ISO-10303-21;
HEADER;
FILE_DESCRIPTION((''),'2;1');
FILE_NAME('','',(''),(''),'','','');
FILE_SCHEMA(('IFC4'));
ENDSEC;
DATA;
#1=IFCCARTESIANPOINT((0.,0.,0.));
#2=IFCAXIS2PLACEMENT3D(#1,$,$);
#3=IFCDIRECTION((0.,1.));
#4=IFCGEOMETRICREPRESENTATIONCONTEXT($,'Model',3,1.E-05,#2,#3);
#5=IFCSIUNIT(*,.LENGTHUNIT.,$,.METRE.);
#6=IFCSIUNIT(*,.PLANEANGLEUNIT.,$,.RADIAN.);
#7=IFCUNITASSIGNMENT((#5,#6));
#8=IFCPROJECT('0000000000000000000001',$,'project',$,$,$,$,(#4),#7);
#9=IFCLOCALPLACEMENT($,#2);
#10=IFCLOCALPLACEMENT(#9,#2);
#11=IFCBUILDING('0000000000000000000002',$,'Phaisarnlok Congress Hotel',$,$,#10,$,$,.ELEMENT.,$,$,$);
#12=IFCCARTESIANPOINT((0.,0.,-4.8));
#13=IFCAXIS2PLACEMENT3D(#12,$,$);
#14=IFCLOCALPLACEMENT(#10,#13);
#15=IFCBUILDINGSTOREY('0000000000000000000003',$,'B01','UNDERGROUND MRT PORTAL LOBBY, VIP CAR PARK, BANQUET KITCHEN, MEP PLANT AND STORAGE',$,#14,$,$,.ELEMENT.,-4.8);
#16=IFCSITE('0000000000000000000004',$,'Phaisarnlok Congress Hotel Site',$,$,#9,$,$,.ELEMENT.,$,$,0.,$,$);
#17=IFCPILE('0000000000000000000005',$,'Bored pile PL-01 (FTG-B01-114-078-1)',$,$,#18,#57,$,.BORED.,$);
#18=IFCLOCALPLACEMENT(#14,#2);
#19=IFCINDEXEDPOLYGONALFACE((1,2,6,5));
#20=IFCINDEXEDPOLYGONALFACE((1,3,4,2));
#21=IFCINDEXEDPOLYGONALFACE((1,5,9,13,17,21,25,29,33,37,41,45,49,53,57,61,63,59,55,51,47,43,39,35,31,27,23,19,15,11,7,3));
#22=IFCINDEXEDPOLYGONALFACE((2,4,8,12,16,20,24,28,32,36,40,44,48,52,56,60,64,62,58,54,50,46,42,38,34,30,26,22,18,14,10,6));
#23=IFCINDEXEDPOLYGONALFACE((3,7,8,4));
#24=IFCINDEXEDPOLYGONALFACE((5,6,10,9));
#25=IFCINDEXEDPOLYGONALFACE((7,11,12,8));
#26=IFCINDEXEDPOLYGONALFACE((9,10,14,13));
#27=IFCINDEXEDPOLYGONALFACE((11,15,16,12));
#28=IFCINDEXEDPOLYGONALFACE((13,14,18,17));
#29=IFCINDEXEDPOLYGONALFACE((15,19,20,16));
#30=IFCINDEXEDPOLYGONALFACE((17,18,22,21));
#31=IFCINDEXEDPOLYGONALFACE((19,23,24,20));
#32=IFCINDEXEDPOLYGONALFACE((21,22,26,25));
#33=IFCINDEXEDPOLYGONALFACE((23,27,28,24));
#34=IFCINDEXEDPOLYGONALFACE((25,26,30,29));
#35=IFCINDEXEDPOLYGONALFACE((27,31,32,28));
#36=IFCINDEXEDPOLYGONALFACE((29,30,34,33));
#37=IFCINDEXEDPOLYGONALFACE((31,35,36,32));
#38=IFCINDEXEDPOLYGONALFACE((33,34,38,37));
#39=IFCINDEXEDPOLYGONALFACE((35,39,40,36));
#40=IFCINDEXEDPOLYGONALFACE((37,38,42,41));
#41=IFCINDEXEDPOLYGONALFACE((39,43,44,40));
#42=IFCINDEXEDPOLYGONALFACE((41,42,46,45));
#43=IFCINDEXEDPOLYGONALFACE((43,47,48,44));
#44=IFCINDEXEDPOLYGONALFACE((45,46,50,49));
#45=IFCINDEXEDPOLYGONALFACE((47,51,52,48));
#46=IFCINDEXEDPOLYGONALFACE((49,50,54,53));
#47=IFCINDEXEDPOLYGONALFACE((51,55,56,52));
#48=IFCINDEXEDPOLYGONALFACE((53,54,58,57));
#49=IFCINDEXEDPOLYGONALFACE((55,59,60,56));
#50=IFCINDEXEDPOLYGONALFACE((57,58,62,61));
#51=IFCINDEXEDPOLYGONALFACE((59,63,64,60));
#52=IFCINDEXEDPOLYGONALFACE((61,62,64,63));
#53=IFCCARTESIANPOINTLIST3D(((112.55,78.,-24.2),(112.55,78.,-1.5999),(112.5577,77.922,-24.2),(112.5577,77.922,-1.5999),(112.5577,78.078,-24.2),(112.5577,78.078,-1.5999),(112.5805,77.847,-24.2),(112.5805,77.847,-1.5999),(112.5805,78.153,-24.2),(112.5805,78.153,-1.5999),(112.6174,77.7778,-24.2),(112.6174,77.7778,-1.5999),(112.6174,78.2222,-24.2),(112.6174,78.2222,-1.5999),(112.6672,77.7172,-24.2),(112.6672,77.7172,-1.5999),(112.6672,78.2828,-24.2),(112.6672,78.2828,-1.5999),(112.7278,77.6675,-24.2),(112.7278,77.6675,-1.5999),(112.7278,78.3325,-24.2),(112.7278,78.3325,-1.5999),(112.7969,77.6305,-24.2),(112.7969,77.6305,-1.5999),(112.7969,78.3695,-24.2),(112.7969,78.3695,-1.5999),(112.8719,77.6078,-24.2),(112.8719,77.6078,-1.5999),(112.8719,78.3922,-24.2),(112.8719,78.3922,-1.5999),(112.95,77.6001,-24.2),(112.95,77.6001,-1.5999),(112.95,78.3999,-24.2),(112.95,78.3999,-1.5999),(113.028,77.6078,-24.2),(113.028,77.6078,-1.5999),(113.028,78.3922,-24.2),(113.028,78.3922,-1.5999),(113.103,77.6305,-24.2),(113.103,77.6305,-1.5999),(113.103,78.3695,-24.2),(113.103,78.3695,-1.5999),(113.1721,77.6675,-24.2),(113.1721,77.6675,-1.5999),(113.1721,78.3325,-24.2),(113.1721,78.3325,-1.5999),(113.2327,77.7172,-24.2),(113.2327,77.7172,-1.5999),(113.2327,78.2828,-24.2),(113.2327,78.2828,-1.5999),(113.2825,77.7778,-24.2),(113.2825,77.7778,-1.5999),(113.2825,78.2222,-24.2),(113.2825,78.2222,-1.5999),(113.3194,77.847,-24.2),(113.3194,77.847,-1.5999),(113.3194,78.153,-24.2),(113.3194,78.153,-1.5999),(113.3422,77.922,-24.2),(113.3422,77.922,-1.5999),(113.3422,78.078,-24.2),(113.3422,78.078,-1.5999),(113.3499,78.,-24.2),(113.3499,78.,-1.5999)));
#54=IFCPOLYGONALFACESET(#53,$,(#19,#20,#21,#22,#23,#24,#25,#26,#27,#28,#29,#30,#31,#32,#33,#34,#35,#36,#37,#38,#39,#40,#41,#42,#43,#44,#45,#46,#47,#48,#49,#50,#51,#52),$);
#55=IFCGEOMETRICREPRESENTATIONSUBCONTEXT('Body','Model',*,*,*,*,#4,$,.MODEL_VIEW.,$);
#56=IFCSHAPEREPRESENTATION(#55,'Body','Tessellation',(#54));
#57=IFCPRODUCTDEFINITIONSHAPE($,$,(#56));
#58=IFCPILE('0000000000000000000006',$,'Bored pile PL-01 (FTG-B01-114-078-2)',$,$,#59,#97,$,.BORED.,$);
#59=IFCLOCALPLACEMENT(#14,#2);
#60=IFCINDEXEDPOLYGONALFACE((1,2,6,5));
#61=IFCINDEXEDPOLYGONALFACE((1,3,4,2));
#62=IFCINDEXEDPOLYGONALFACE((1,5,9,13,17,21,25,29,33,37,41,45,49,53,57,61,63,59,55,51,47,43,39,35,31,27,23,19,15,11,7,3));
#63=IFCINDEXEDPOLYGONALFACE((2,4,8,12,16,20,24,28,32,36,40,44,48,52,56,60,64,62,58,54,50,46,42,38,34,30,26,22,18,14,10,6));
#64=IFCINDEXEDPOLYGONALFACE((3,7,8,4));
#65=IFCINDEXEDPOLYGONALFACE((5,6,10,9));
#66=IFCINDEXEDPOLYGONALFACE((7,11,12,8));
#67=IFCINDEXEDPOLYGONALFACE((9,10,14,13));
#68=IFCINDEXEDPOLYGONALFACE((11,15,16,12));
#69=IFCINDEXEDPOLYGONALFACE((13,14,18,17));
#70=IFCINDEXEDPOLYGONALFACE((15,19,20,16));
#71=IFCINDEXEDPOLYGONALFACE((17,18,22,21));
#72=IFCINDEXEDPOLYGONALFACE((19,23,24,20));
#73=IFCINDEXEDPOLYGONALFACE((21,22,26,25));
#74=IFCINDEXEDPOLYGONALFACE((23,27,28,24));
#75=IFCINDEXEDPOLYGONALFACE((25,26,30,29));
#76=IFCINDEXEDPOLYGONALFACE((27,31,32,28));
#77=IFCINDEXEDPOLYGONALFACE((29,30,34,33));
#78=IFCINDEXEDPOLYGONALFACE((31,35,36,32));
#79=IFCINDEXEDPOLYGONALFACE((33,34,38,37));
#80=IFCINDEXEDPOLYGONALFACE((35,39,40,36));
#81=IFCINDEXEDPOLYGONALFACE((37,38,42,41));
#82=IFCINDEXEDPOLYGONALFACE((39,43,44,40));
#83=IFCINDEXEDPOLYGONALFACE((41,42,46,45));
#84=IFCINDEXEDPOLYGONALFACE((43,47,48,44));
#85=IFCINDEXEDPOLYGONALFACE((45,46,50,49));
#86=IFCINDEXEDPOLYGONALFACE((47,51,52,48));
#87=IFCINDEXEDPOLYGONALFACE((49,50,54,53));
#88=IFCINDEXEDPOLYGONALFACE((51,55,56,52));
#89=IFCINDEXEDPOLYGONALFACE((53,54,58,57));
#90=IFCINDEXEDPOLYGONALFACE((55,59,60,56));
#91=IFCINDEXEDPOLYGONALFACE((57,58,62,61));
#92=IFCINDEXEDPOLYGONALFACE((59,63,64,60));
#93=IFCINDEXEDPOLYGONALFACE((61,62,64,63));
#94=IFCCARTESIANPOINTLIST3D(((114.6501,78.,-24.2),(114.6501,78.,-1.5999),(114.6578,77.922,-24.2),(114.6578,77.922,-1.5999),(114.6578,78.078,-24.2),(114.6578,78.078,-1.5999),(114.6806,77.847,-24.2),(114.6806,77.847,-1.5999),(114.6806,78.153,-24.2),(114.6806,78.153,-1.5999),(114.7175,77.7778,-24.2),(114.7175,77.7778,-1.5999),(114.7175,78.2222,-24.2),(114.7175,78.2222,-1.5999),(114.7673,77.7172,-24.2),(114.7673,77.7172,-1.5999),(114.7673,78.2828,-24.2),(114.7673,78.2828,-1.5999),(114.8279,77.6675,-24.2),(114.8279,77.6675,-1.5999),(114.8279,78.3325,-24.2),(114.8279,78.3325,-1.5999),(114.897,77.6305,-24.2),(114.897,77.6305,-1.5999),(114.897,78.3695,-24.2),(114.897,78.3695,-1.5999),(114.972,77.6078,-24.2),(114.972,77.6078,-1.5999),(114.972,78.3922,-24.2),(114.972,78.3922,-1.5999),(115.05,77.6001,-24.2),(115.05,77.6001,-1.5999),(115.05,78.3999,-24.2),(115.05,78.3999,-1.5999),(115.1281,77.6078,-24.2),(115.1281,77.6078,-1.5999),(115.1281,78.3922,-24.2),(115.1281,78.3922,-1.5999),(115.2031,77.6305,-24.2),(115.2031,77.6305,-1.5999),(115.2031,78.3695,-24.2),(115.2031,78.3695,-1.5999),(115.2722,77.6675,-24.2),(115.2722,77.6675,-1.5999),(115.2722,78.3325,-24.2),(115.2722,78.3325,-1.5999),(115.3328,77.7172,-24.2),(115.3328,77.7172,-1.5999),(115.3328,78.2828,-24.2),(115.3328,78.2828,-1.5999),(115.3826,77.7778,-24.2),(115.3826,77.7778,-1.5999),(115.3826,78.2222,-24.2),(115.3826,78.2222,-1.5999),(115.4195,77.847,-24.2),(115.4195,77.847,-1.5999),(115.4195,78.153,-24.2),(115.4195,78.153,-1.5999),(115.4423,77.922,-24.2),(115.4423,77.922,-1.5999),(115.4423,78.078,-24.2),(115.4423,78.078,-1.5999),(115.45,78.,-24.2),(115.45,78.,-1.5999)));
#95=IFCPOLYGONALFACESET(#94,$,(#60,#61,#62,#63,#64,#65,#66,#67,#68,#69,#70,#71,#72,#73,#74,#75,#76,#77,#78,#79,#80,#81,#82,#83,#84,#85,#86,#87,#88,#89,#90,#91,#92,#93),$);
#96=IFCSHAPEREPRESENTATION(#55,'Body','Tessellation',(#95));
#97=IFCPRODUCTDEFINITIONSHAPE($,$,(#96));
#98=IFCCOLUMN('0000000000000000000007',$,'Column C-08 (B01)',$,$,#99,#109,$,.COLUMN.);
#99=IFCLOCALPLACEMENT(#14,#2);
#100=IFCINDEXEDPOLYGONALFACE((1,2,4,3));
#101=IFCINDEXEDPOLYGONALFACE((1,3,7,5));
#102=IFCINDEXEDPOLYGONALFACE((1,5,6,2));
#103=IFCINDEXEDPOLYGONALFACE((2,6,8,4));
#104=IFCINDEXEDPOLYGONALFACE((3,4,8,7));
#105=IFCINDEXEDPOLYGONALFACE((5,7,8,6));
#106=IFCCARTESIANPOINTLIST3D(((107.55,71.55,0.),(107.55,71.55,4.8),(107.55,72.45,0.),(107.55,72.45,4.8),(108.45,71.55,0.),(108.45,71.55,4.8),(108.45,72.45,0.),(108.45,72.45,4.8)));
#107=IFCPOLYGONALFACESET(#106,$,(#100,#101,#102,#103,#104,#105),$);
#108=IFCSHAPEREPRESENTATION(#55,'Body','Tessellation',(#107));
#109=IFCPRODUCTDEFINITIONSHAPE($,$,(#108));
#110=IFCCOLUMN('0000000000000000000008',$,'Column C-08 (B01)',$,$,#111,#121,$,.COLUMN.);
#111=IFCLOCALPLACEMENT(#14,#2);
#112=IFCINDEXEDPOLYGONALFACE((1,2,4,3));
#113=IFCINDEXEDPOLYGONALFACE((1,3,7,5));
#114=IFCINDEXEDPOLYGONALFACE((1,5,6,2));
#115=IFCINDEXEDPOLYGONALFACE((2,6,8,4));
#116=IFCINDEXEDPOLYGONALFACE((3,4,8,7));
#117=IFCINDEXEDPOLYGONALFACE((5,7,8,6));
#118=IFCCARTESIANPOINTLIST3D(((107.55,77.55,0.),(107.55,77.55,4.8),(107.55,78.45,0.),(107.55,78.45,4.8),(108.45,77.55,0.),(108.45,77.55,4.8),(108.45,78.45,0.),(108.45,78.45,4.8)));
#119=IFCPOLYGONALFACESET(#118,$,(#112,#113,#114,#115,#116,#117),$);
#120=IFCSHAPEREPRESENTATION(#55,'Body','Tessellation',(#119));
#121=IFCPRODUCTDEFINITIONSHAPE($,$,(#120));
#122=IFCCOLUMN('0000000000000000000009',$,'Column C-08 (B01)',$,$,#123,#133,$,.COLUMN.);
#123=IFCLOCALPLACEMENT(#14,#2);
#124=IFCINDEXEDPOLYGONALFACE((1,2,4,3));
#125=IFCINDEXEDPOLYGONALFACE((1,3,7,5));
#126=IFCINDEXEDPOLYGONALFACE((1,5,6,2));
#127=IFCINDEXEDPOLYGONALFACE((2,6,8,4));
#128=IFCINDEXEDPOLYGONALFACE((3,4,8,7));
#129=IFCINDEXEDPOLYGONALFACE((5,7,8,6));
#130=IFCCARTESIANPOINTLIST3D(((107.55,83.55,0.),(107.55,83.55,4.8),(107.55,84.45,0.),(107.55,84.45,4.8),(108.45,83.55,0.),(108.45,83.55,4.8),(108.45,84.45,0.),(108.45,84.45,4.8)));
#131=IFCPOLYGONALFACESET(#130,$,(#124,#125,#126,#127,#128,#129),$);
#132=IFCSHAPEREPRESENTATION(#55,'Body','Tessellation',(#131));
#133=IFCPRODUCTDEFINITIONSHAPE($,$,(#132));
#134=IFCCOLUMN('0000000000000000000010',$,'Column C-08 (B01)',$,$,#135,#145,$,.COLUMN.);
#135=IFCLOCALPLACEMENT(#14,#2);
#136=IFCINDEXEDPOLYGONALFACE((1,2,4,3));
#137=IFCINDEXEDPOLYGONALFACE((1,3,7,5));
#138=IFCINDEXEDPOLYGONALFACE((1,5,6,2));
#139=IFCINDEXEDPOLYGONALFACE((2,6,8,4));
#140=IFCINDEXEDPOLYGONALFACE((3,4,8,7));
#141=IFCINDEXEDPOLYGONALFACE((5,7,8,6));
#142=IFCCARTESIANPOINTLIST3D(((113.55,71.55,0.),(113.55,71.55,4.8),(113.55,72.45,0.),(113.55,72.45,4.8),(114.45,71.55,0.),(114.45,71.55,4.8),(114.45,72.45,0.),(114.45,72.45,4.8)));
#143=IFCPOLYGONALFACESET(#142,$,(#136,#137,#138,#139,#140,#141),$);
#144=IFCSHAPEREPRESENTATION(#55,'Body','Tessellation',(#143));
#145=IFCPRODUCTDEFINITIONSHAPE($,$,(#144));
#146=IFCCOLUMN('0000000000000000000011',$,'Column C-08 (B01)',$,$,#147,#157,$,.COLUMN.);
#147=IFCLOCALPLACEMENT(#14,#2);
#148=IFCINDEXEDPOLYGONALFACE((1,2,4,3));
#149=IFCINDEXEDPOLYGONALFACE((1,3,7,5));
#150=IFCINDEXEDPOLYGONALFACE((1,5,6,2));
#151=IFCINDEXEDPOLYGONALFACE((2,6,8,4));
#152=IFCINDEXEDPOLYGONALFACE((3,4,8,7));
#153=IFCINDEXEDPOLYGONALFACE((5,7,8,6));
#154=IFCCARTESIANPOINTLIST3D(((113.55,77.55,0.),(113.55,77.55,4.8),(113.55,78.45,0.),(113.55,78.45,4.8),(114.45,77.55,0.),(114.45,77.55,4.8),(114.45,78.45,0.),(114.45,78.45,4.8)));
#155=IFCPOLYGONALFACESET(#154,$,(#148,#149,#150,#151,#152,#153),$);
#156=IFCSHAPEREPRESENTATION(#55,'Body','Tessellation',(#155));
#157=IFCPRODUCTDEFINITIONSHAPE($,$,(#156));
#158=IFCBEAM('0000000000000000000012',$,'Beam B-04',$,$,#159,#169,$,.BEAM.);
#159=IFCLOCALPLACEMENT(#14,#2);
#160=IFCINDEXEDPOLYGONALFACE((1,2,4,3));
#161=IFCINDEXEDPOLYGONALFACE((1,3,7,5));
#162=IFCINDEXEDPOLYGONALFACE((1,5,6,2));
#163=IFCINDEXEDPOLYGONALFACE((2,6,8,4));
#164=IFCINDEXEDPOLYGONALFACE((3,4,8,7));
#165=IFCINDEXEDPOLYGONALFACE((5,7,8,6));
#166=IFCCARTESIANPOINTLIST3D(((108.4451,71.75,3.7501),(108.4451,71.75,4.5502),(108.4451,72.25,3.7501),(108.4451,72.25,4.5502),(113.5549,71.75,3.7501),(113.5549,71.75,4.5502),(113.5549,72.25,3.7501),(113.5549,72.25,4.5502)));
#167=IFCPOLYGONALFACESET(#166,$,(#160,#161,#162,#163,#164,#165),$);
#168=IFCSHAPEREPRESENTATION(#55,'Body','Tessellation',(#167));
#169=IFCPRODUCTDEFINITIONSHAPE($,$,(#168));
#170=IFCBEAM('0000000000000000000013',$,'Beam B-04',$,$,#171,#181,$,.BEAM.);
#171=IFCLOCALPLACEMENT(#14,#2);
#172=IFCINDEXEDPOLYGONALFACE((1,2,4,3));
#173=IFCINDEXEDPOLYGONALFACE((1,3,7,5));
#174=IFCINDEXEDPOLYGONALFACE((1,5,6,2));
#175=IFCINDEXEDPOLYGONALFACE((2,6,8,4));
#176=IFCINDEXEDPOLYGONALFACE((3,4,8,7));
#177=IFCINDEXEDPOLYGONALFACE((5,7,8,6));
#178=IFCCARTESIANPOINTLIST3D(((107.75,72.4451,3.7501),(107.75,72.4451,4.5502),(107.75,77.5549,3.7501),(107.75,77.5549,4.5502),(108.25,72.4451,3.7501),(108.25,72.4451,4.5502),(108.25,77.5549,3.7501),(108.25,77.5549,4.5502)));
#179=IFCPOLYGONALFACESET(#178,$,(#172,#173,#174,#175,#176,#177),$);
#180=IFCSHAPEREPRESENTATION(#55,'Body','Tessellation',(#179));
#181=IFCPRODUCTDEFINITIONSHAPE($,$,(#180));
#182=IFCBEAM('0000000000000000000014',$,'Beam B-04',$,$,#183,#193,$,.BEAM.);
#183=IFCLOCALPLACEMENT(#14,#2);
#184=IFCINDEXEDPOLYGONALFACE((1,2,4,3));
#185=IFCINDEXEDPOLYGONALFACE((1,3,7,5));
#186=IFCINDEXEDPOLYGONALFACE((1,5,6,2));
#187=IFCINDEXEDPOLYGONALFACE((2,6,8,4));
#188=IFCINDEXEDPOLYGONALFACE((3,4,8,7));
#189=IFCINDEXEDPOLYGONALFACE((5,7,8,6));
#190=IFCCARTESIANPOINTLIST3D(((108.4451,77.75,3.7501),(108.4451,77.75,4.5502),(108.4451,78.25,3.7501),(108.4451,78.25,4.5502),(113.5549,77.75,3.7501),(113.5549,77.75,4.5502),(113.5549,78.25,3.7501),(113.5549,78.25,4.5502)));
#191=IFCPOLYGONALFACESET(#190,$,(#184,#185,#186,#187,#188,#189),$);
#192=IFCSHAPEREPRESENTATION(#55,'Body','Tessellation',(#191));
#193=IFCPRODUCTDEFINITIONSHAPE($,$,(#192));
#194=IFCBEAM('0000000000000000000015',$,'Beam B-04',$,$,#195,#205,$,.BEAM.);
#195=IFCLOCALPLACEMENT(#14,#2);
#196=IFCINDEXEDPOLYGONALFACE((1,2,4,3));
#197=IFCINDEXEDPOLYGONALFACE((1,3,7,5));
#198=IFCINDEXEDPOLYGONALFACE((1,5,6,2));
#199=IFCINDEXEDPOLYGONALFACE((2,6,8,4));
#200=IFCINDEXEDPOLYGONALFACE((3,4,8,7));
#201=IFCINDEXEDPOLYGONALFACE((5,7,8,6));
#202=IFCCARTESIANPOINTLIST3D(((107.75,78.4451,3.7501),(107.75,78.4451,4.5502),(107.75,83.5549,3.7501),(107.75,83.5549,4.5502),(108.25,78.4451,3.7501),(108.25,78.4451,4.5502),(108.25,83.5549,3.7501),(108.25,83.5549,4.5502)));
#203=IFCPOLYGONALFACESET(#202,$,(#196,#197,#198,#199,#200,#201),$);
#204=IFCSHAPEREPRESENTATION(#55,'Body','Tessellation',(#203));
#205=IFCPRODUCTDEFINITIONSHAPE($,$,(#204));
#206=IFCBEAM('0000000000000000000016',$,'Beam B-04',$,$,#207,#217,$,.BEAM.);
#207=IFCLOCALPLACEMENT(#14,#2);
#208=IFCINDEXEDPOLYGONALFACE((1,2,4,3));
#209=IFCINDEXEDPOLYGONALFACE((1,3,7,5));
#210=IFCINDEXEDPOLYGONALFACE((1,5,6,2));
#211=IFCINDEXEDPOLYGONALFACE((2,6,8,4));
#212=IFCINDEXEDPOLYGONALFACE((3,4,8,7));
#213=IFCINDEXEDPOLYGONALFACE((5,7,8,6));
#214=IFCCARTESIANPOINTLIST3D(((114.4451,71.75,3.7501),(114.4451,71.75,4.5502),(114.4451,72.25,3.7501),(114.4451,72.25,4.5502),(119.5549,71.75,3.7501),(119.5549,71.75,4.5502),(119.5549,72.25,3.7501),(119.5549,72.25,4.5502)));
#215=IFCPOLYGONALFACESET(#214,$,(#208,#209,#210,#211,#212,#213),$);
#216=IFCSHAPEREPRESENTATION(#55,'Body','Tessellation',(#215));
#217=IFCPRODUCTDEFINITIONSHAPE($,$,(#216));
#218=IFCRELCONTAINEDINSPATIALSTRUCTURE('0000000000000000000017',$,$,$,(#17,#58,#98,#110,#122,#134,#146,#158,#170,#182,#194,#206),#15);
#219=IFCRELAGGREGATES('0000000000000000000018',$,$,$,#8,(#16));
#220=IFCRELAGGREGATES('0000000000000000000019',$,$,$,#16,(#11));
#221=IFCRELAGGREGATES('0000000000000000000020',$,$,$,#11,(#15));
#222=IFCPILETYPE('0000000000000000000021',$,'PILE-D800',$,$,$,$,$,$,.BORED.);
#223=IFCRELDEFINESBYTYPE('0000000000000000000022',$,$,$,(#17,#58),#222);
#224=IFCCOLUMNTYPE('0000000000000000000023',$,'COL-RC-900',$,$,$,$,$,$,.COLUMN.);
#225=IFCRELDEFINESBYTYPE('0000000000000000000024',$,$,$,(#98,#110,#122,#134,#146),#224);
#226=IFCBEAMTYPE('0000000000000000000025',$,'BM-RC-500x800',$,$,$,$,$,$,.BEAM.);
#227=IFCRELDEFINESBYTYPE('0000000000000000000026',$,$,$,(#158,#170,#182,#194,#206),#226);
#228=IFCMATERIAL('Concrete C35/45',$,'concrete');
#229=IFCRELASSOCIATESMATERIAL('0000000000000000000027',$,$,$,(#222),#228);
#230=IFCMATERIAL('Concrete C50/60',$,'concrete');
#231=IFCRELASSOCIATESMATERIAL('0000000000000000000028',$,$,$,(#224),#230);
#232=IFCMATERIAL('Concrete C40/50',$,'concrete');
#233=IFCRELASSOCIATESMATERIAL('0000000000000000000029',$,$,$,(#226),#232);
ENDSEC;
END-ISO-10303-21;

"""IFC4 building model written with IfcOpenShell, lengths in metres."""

from ifc_helpers import new_model, si_unit, direction, frame, origin, origin_2d, place, context, subcontext, project, spatial, rectangle, circle, extrude, material, material_profile, profile_set, type_object, element, save


model = new_model("IFC4")

# Units and contexts
model_context = context("Model", 3, precision=1e-05, world=origin(), true_north=direction((0.0, 1.0)))
body_context = subcontext(model_context, "Body", "Model", "MODEL_VIEW")
ifc_project = project(units=[si_unit("LENGTHUNIT", "METRE"), si_unit("PLANEANGLEUNIT", "RADIAN")], contexts=[model_context])

# Site, building, storey
site_placement = place(None, origin())
site = spatial("IfcSite", under=ifc_project, at=site_placement, Name="Phaisarnlok Congress Hotel Site", CompositionType="ELEMENT", RefElevation=0.0)
building_placement = place(site_placement, origin())
building = spatial("IfcBuilding", under=site, at=building_placement, Name="Phaisarnlok Congress Hotel", CompositionType="ELEMENT")
storey_placement = place(building_placement, frame((0.0, 0.0, -4.8)))
storey = spatial("IfcBuildingStorey", under=building, at=storey_placement, Name="B01", Description="UNDERGROUND MRT PORTAL LOBBY, VIP CAR PARK, BANQUET KITCHEN, MEP PLANT AND STORAGE", CompositionType="ELEMENT", Elevation=-4.8)

# Shared definitions
ifc_material_1 = material(Name="Concrete C40/50", Category="concrete")

# Piles
ifc_material_2 = material(Name="Concrete C35/45", Category="concrete")
ifc_material_profile_1 = material_profile(ifc_material_2, circle(Radius=0.3999, at=origin_2d()), Name="BORED PILE D800")
ifc_profile_set_1 = profile_set([ifc_material_profile_1], Name="Concrete C35/45")
pile_type_1 = type_object("IfcPileType", Name="PILE-D800", PredefinedType="BORED", material=ifc_profile_set_1)
for number, where, z_axis, x_axis, name in (
    (1, (112.95, 78.0, -1.5999), (0.0, 0.0, -1.0), (1.0, 0.0, 0.0), "Bored pile PL-01 (FTG-B01-114-078-1)"),
    (2, (115.05, 78.0, -1.5999), (0.0, 0.0, -1.0), (1.0, 0.0, 0.0), "Bored pile PL-01 (FTG-B01-114-078-2)"),
):
    element("IfcPile", number, at=place(storey_placement, frame(where, z_axis=z_axis, x_axis=x_axis)), inside=storey, type_object=pile_type_1, Name=name, PredefinedType="BORED", context=body_context, shape_type="SweptSolid", body=[
        extrude(circle(Radius=0.3999, at=origin_2d()), origin(), (0.0, 0.0, 1.0), 22.6001),
    ])

# Columns
ifc_material_3 = material(Name="Concrete C50/60", Category="concrete")
ifc_material_profile_2 = material_profile(ifc_material_3, rectangle(XDim=0.8999, YDim=0.8999, at=origin_2d()), Name="RC 900x900")
ifc_profile_set_2 = profile_set([ifc_material_profile_2], Name="Concrete C50/60")
column_type = type_object("IfcColumnType", Name="COL-RC-900", PredefinedType="COLUMN", material=ifc_profile_set_2)
for number, where, z_axis, x_axis, name in (
    (3, (108.0, 72.0, 0.0), (0.0, 0.0, 1.0), (1.0, 0.0, 0.0), "Column C-08 (B01)"),
    (4, (108.0, 78.0, 0.0), (0.0, 0.0, 1.0), (1.0, 0.0, 0.0), "Column C-08 (B01)"),
    (5, (108.0, 84.0, 0.0), (0.0, 0.0, 1.0), (1.0, 0.0, 0.0), "Column C-08 (B01)"),
    (6, (114.0, 72.0, 0.0), (0.0, 0.0, 1.0), (1.0, 0.0, 0.0), "Column C-08 (B01)"),
    (7, (114.0, 78.0, 0.0), (0.0, 0.0, 1.0), (1.0, 0.0, 0.0), "Column C-08 (B01)"),
):
    element("IfcColumn", number, at=place(storey_placement, frame(where, z_axis=z_axis, x_axis=x_axis)), inside=storey, type_object=column_type, Name=name, PredefinedType="COLUMN", context=body_context, shape_type="SweptSolid", body=[
        extrude(rectangle(XDim=0.8999, YDim=0.8999, at=origin_2d()), origin(), (0.0, 0.0, 1.0), 4.8),
    ])

# Beams
ifc_material_profile_3 = material_profile(ifc_material_1, rectangle(XDim=0.5, YDim=0.8, at=origin_2d()), Name="RC 500x800")
ifc_profile_set_3 = profile_set([ifc_material_profile_3], Name="Concrete C40/50")
beam_type = type_object("IfcBeamType", Name="BM-RC-500x800", PredefinedType="BEAM", material=ifc_profile_set_3)
for number, where, z_axis, x_axis, name in (
    (8, (108.4451, 72.0, 4.1501), (1.0, 0.0, 0.0), (0.0, 1.0, 0.0), "Beam B-04"),
    (9, (108.0, 72.4451, 4.1501), (0.0, 1.0, 0.0), (-1.0, 0.0, 0.0), "Beam B-04"),
    (10, (108.4451, 78.0, 4.1501), (1.0, 0.0, 0.0), (0.0, 1.0, 0.0), "Beam B-04"),
    (11, (108.0, 78.4451, 4.1501), (0.0, 1.0, 0.0), (-1.0, 0.0, 0.0), "Beam B-04"),
    (12, (114.4451, 72.0, 4.1501), (1.0, 0.0, 0.0), (0.0, 1.0, 0.0), "Beam B-04"),
):
    element("IfcBeam", number, at=place(storey_placement, frame(where, z_axis=z_axis, x_axis=x_axis)), inside=storey, type_object=beam_type, Name=name, PredefinedType="BEAM", context=body_context, shape_type="SweptSolid", body=[
        extrude(rectangle(XDim=0.5, YDim=0.8, at=origin_2d()), origin(), (0.0, 0.0, 1.0), 5.1099),
    ])

save(model, "model.ifc")
